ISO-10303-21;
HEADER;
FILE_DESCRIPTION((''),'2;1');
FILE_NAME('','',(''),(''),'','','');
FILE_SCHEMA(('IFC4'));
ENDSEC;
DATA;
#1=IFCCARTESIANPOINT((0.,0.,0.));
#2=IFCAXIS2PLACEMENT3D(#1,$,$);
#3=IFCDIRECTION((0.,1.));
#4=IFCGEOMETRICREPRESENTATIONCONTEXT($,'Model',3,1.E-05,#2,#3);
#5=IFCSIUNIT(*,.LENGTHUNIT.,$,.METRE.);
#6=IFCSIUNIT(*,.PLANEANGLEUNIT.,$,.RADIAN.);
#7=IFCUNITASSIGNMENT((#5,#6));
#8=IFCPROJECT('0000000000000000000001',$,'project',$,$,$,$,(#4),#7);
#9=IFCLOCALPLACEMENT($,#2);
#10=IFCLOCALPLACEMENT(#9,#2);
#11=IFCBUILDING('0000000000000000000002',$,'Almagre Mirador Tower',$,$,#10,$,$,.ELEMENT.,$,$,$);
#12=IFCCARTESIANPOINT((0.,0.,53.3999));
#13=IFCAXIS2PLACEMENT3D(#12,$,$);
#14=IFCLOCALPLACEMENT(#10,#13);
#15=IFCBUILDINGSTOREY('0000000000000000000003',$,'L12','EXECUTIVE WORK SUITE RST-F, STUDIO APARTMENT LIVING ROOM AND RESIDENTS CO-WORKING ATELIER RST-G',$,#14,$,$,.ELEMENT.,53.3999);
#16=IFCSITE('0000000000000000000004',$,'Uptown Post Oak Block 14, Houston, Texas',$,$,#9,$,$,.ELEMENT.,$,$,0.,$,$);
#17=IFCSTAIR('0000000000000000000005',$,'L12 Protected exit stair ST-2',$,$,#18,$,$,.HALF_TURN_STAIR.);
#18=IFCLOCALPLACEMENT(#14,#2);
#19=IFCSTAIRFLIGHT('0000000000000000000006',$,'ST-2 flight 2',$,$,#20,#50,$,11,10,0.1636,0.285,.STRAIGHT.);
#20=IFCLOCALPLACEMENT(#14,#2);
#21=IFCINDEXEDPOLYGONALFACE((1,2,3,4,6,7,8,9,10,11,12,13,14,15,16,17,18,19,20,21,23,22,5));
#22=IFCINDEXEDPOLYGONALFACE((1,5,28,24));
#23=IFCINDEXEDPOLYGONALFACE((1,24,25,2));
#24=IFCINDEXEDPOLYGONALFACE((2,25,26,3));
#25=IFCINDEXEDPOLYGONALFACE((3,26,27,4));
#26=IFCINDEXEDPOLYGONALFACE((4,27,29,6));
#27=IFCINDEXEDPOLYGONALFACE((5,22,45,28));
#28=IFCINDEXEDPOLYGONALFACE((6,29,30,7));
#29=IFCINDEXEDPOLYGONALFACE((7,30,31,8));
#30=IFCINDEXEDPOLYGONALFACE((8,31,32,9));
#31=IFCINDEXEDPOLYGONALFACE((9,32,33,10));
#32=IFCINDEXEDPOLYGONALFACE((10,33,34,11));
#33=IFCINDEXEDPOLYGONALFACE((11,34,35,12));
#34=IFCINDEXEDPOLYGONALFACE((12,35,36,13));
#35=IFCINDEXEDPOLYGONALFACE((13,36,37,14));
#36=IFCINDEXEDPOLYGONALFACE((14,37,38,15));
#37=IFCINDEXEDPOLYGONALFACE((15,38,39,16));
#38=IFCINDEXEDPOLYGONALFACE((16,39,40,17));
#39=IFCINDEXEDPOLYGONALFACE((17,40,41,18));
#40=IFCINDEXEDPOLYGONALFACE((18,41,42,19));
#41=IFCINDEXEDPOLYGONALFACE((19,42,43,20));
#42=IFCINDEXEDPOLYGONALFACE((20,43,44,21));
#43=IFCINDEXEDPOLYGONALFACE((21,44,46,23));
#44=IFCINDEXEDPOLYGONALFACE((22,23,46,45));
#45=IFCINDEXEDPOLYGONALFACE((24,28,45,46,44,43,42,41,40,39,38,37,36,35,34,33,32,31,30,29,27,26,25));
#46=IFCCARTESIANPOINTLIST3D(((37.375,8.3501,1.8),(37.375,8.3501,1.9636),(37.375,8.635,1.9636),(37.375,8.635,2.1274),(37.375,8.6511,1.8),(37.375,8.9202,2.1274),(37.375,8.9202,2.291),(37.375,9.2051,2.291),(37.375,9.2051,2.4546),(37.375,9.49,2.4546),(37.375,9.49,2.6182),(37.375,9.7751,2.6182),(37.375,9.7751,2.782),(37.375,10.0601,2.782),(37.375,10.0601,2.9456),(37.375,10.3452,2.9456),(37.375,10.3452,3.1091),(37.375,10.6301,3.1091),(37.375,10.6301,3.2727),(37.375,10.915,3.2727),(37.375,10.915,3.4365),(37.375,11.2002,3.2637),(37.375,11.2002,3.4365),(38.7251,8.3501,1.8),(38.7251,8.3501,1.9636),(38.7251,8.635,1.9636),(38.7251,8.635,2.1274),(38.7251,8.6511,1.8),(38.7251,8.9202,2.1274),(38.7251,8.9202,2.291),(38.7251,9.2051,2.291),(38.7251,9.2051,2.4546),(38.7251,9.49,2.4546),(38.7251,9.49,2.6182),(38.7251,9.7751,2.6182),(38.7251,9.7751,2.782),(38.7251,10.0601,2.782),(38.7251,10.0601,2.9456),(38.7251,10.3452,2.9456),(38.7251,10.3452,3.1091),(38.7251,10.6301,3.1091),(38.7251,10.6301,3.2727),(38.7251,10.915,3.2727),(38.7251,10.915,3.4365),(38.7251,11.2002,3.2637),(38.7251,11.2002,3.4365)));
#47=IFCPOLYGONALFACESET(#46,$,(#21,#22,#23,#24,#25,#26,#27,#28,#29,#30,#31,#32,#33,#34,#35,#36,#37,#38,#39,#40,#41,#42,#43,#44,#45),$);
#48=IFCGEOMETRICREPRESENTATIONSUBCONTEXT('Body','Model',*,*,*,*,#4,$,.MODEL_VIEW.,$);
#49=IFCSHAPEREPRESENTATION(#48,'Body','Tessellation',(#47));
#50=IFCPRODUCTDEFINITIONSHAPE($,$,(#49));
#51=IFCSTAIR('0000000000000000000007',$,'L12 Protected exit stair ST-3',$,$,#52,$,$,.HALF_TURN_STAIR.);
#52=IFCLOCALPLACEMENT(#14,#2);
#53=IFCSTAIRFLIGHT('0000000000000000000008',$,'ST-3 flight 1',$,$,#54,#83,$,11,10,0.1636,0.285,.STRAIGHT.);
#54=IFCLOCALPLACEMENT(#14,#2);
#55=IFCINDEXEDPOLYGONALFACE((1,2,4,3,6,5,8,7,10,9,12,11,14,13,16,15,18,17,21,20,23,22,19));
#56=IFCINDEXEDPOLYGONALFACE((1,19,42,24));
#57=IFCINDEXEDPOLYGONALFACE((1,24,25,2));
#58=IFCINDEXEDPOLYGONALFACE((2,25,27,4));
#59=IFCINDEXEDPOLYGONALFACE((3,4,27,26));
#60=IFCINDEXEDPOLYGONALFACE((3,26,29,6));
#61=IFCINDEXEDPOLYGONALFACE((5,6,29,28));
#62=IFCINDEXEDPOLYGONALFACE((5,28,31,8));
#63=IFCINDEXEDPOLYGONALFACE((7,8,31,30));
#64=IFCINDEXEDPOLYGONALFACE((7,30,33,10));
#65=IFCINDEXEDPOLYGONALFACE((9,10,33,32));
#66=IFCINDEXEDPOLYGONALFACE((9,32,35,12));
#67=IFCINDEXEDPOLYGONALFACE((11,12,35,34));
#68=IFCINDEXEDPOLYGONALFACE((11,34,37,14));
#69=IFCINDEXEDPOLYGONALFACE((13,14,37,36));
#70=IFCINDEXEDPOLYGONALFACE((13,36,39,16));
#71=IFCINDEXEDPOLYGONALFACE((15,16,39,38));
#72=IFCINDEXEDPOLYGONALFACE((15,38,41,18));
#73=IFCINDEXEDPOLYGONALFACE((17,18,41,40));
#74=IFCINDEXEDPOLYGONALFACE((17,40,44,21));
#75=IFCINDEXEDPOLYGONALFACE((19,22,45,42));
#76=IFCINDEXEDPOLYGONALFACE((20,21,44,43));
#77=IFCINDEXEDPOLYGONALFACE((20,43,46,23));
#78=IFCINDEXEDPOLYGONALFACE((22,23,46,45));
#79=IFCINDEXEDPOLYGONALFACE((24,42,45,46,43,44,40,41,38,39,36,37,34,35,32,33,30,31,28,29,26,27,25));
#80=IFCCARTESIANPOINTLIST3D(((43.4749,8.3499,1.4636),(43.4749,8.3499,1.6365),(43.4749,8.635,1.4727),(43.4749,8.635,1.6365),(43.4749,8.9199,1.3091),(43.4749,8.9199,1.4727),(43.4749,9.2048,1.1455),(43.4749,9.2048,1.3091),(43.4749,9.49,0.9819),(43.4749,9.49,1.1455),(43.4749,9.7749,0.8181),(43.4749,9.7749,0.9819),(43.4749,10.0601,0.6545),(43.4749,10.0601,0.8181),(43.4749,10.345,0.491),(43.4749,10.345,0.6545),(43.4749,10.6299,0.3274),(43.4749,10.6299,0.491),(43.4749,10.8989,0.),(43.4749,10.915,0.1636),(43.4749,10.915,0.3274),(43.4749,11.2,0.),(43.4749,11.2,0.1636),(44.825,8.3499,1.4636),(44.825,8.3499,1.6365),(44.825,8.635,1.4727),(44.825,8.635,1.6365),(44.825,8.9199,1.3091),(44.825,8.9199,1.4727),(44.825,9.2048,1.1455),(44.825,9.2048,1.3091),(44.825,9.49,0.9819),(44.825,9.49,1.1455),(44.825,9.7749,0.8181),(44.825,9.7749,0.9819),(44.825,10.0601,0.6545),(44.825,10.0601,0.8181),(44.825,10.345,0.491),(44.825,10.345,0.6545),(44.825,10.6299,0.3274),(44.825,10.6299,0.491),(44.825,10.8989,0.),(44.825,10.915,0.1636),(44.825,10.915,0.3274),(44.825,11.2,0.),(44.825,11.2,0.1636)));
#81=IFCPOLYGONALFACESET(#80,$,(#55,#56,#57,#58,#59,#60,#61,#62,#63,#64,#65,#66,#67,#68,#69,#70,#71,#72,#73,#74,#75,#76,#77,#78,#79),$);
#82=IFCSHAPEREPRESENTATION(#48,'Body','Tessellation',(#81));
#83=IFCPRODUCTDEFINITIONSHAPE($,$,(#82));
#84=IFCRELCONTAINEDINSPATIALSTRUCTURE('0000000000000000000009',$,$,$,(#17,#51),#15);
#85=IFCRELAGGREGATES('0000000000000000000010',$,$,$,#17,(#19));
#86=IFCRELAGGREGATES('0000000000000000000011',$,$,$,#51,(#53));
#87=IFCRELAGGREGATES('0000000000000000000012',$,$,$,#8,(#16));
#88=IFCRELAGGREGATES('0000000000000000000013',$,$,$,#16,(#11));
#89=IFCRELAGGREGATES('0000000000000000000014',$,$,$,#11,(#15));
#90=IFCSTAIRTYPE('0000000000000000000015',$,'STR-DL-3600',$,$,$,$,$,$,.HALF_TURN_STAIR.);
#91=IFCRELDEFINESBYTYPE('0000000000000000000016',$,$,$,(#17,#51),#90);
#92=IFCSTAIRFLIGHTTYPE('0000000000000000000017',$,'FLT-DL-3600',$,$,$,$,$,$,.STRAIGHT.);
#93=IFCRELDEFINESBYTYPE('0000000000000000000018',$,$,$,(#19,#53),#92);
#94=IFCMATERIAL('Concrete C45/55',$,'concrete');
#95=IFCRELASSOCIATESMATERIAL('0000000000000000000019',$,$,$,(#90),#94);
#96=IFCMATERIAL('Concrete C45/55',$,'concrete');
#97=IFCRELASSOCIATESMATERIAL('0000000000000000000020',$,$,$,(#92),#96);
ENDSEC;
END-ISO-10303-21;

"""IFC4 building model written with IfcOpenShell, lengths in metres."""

from ifc_helpers import new_model, si_unit, direction, frame, origin, place, context, subcontext, project, spatial, polyline, outline, extrude, material, type_object, element, aggregate, save


model = new_model("IFC4")

# Units and contexts
model_context = context("Model", 3, precision=1e-05, world=origin(), true_north=direction((0.0, 1.0)))
body_context = subcontext(model_context, "Body", "Model", "MODEL_VIEW")
ifc_project = project(units=[si_unit("LENGTHUNIT", "METRE"), si_unit("PLANEANGLEUNIT", "RADIAN")], contexts=[model_context])

# Site, building, storey
site_placement = place(None, origin())
site = spatial("IfcSite", under=ifc_project, at=site_placement, Name="Uptown Post Oak Block 14, Houston, Texas", CompositionType="ELEMENT", RefElevation=0.0)
building_placement = place(site_placement, origin())
building = spatial("IfcBuilding", under=site, at=building_placement, Name="Almagre Mirador Tower", CompositionType="ELEMENT")
storey_placement = place(building_placement, frame((0.0, 0.0, 53.3999)))
storey = spatial("IfcBuildingStorey", under=building, at=storey_placement, Name="L12", Description="EXECUTIVE WORK SUITE RST-F, STUDIO APARTMENT LIVING ROOM AND RESIDENTS CO-WORKING ATELIER RST-G", CompositionType="ELEMENT", Elevation=53.3999)

# Stair, stair flight
ifc_material_1 = material(Name="Concrete C45/55", Category="concrete")
stair_type = type_object("IfcStairType", Name="STR-DL-3600", PredefinedType="HALF_TURN_STAIR", material=ifc_material_1)
stair_1_placement = place(storey_placement, origin())
stair_1 = element("IfcStair", 1, at=stair_1_placement, inside=storey, type_object=stair_type, Name="L12 Protected exit stair ST-2", PredefinedType="HALF_TURN_STAIR")
ifc_material_2 = material(Name="Concrete C45/55", Category="concrete")
stair_flight_type = type_object("IfcStairFlightType", Name="FLT-DL-3600", PredefinedType="STRAIGHT", material=ifc_material_2)
stair_flight_1_placement = place(storey_placement, frame((38.05, 8.3501, 1.8), z_axis=(0.0, 0.0, 1.0), x_axis=(0.0, 1.0, 0.0)))
stair_flight_1 = element("IfcStairFlight", 2, at=stair_flight_1_placement, type_object=stair_flight_type, Name="ST-2 flight 2", NumberOfRisers=11, NumberOfTreads=10, PredefinedType="STRAIGHT", RiserHeight=0.1636, TreadLength=0.285, context=body_context, shape_type="SweptSolid", body=[
    extrude(outline(polyline([(0.0, 0.0), (0.0, 0.1636), (0.2849, 0.1636), (0.2849, 0.3274), (0.5701, 0.3274), (0.5701, 0.491), (0.855, 0.491), (0.855, 0.6545), (1.1399, 0.6545), (1.1399, 0.8181), (1.425, 0.8181), (1.425, 0.9819), (1.71, 0.9819), (1.71, 1.1455), (1.9951, 1.1455), (1.9951, 1.3091), (2.28, 1.3091), (2.28, 1.4727), (2.5649, 1.4727), (2.5649, 1.6365), (2.8501, 1.6365), (2.8501, 1.8), (2.8501, 1.4636), (0.301, 0.0), (0.0, 0.0)])), frame((0.0, 0.675, 0.0), z_axis=(0.0, -1.0, 0.0), x_axis=(1.0, 0.0, 0.0)), (0.0, 0.0, 1.0), 1.3501),
])
aggregate(stair_1, [stair_flight_1])

# Stair, stair flight
stair_2_placement = place(storey_placement, origin())
stair_2 = element("IfcStair", 3, at=stair_2_placement, inside=storey, type_object=stair_type, Name="L12 Protected exit stair ST-3", PredefinedType="HALF_TURN_STAIR")
stair_flight_2_placement = place(storey_placement, frame((44.1499, 11.2, 0.0), z_axis=(0.0, 0.0, 1.0), x_axis=(0.0, -1.0, 0.0)))
stair_flight_2 = element("IfcStairFlight", 4, at=stair_flight_2_placement, type_object=stair_flight_type, Name="ST-3 flight 1", NumberOfRisers=11, NumberOfTreads=10, PredefinedType="STRAIGHT", RiserHeight=0.1636, TreadLength=0.285, context=body_context, shape_type="SweptSolid", body=[
    extrude(outline(polyline([(0.0, 0.0), (0.0, 0.1636), (0.2849, 0.1636), (0.2849, 0.3274), (0.5701, 0.3274), (0.5701, 0.491), (0.855, 0.491), (0.855, 0.6545), (1.1399, 0.6545), (1.1399, 0.8181), (1.425, 0.8181), (1.425, 0.9819), (1.71, 0.9819), (1.71, 1.1455), (1.9951, 1.1455), (1.9951, 1.3091), (2.28, 1.3091), (2.28, 1.4727), (2.5649, 1.4727), (2.5649, 1.6365), (2.8501, 1.6365), (2.8501, 1.8), (2.8501, 1.4636), (0.301, 0.0), (0.0, 0.0)])), frame((0.0, 0.675, 0.0), z_axis=(0.0, -1.0, 0.0), x_axis=(1.0, 0.0, 0.0)), (0.0, 0.0, 1.0), 1.3501),
])
aggregate(stair_2, [stair_flight_2])

save(model, "model.ifc")
